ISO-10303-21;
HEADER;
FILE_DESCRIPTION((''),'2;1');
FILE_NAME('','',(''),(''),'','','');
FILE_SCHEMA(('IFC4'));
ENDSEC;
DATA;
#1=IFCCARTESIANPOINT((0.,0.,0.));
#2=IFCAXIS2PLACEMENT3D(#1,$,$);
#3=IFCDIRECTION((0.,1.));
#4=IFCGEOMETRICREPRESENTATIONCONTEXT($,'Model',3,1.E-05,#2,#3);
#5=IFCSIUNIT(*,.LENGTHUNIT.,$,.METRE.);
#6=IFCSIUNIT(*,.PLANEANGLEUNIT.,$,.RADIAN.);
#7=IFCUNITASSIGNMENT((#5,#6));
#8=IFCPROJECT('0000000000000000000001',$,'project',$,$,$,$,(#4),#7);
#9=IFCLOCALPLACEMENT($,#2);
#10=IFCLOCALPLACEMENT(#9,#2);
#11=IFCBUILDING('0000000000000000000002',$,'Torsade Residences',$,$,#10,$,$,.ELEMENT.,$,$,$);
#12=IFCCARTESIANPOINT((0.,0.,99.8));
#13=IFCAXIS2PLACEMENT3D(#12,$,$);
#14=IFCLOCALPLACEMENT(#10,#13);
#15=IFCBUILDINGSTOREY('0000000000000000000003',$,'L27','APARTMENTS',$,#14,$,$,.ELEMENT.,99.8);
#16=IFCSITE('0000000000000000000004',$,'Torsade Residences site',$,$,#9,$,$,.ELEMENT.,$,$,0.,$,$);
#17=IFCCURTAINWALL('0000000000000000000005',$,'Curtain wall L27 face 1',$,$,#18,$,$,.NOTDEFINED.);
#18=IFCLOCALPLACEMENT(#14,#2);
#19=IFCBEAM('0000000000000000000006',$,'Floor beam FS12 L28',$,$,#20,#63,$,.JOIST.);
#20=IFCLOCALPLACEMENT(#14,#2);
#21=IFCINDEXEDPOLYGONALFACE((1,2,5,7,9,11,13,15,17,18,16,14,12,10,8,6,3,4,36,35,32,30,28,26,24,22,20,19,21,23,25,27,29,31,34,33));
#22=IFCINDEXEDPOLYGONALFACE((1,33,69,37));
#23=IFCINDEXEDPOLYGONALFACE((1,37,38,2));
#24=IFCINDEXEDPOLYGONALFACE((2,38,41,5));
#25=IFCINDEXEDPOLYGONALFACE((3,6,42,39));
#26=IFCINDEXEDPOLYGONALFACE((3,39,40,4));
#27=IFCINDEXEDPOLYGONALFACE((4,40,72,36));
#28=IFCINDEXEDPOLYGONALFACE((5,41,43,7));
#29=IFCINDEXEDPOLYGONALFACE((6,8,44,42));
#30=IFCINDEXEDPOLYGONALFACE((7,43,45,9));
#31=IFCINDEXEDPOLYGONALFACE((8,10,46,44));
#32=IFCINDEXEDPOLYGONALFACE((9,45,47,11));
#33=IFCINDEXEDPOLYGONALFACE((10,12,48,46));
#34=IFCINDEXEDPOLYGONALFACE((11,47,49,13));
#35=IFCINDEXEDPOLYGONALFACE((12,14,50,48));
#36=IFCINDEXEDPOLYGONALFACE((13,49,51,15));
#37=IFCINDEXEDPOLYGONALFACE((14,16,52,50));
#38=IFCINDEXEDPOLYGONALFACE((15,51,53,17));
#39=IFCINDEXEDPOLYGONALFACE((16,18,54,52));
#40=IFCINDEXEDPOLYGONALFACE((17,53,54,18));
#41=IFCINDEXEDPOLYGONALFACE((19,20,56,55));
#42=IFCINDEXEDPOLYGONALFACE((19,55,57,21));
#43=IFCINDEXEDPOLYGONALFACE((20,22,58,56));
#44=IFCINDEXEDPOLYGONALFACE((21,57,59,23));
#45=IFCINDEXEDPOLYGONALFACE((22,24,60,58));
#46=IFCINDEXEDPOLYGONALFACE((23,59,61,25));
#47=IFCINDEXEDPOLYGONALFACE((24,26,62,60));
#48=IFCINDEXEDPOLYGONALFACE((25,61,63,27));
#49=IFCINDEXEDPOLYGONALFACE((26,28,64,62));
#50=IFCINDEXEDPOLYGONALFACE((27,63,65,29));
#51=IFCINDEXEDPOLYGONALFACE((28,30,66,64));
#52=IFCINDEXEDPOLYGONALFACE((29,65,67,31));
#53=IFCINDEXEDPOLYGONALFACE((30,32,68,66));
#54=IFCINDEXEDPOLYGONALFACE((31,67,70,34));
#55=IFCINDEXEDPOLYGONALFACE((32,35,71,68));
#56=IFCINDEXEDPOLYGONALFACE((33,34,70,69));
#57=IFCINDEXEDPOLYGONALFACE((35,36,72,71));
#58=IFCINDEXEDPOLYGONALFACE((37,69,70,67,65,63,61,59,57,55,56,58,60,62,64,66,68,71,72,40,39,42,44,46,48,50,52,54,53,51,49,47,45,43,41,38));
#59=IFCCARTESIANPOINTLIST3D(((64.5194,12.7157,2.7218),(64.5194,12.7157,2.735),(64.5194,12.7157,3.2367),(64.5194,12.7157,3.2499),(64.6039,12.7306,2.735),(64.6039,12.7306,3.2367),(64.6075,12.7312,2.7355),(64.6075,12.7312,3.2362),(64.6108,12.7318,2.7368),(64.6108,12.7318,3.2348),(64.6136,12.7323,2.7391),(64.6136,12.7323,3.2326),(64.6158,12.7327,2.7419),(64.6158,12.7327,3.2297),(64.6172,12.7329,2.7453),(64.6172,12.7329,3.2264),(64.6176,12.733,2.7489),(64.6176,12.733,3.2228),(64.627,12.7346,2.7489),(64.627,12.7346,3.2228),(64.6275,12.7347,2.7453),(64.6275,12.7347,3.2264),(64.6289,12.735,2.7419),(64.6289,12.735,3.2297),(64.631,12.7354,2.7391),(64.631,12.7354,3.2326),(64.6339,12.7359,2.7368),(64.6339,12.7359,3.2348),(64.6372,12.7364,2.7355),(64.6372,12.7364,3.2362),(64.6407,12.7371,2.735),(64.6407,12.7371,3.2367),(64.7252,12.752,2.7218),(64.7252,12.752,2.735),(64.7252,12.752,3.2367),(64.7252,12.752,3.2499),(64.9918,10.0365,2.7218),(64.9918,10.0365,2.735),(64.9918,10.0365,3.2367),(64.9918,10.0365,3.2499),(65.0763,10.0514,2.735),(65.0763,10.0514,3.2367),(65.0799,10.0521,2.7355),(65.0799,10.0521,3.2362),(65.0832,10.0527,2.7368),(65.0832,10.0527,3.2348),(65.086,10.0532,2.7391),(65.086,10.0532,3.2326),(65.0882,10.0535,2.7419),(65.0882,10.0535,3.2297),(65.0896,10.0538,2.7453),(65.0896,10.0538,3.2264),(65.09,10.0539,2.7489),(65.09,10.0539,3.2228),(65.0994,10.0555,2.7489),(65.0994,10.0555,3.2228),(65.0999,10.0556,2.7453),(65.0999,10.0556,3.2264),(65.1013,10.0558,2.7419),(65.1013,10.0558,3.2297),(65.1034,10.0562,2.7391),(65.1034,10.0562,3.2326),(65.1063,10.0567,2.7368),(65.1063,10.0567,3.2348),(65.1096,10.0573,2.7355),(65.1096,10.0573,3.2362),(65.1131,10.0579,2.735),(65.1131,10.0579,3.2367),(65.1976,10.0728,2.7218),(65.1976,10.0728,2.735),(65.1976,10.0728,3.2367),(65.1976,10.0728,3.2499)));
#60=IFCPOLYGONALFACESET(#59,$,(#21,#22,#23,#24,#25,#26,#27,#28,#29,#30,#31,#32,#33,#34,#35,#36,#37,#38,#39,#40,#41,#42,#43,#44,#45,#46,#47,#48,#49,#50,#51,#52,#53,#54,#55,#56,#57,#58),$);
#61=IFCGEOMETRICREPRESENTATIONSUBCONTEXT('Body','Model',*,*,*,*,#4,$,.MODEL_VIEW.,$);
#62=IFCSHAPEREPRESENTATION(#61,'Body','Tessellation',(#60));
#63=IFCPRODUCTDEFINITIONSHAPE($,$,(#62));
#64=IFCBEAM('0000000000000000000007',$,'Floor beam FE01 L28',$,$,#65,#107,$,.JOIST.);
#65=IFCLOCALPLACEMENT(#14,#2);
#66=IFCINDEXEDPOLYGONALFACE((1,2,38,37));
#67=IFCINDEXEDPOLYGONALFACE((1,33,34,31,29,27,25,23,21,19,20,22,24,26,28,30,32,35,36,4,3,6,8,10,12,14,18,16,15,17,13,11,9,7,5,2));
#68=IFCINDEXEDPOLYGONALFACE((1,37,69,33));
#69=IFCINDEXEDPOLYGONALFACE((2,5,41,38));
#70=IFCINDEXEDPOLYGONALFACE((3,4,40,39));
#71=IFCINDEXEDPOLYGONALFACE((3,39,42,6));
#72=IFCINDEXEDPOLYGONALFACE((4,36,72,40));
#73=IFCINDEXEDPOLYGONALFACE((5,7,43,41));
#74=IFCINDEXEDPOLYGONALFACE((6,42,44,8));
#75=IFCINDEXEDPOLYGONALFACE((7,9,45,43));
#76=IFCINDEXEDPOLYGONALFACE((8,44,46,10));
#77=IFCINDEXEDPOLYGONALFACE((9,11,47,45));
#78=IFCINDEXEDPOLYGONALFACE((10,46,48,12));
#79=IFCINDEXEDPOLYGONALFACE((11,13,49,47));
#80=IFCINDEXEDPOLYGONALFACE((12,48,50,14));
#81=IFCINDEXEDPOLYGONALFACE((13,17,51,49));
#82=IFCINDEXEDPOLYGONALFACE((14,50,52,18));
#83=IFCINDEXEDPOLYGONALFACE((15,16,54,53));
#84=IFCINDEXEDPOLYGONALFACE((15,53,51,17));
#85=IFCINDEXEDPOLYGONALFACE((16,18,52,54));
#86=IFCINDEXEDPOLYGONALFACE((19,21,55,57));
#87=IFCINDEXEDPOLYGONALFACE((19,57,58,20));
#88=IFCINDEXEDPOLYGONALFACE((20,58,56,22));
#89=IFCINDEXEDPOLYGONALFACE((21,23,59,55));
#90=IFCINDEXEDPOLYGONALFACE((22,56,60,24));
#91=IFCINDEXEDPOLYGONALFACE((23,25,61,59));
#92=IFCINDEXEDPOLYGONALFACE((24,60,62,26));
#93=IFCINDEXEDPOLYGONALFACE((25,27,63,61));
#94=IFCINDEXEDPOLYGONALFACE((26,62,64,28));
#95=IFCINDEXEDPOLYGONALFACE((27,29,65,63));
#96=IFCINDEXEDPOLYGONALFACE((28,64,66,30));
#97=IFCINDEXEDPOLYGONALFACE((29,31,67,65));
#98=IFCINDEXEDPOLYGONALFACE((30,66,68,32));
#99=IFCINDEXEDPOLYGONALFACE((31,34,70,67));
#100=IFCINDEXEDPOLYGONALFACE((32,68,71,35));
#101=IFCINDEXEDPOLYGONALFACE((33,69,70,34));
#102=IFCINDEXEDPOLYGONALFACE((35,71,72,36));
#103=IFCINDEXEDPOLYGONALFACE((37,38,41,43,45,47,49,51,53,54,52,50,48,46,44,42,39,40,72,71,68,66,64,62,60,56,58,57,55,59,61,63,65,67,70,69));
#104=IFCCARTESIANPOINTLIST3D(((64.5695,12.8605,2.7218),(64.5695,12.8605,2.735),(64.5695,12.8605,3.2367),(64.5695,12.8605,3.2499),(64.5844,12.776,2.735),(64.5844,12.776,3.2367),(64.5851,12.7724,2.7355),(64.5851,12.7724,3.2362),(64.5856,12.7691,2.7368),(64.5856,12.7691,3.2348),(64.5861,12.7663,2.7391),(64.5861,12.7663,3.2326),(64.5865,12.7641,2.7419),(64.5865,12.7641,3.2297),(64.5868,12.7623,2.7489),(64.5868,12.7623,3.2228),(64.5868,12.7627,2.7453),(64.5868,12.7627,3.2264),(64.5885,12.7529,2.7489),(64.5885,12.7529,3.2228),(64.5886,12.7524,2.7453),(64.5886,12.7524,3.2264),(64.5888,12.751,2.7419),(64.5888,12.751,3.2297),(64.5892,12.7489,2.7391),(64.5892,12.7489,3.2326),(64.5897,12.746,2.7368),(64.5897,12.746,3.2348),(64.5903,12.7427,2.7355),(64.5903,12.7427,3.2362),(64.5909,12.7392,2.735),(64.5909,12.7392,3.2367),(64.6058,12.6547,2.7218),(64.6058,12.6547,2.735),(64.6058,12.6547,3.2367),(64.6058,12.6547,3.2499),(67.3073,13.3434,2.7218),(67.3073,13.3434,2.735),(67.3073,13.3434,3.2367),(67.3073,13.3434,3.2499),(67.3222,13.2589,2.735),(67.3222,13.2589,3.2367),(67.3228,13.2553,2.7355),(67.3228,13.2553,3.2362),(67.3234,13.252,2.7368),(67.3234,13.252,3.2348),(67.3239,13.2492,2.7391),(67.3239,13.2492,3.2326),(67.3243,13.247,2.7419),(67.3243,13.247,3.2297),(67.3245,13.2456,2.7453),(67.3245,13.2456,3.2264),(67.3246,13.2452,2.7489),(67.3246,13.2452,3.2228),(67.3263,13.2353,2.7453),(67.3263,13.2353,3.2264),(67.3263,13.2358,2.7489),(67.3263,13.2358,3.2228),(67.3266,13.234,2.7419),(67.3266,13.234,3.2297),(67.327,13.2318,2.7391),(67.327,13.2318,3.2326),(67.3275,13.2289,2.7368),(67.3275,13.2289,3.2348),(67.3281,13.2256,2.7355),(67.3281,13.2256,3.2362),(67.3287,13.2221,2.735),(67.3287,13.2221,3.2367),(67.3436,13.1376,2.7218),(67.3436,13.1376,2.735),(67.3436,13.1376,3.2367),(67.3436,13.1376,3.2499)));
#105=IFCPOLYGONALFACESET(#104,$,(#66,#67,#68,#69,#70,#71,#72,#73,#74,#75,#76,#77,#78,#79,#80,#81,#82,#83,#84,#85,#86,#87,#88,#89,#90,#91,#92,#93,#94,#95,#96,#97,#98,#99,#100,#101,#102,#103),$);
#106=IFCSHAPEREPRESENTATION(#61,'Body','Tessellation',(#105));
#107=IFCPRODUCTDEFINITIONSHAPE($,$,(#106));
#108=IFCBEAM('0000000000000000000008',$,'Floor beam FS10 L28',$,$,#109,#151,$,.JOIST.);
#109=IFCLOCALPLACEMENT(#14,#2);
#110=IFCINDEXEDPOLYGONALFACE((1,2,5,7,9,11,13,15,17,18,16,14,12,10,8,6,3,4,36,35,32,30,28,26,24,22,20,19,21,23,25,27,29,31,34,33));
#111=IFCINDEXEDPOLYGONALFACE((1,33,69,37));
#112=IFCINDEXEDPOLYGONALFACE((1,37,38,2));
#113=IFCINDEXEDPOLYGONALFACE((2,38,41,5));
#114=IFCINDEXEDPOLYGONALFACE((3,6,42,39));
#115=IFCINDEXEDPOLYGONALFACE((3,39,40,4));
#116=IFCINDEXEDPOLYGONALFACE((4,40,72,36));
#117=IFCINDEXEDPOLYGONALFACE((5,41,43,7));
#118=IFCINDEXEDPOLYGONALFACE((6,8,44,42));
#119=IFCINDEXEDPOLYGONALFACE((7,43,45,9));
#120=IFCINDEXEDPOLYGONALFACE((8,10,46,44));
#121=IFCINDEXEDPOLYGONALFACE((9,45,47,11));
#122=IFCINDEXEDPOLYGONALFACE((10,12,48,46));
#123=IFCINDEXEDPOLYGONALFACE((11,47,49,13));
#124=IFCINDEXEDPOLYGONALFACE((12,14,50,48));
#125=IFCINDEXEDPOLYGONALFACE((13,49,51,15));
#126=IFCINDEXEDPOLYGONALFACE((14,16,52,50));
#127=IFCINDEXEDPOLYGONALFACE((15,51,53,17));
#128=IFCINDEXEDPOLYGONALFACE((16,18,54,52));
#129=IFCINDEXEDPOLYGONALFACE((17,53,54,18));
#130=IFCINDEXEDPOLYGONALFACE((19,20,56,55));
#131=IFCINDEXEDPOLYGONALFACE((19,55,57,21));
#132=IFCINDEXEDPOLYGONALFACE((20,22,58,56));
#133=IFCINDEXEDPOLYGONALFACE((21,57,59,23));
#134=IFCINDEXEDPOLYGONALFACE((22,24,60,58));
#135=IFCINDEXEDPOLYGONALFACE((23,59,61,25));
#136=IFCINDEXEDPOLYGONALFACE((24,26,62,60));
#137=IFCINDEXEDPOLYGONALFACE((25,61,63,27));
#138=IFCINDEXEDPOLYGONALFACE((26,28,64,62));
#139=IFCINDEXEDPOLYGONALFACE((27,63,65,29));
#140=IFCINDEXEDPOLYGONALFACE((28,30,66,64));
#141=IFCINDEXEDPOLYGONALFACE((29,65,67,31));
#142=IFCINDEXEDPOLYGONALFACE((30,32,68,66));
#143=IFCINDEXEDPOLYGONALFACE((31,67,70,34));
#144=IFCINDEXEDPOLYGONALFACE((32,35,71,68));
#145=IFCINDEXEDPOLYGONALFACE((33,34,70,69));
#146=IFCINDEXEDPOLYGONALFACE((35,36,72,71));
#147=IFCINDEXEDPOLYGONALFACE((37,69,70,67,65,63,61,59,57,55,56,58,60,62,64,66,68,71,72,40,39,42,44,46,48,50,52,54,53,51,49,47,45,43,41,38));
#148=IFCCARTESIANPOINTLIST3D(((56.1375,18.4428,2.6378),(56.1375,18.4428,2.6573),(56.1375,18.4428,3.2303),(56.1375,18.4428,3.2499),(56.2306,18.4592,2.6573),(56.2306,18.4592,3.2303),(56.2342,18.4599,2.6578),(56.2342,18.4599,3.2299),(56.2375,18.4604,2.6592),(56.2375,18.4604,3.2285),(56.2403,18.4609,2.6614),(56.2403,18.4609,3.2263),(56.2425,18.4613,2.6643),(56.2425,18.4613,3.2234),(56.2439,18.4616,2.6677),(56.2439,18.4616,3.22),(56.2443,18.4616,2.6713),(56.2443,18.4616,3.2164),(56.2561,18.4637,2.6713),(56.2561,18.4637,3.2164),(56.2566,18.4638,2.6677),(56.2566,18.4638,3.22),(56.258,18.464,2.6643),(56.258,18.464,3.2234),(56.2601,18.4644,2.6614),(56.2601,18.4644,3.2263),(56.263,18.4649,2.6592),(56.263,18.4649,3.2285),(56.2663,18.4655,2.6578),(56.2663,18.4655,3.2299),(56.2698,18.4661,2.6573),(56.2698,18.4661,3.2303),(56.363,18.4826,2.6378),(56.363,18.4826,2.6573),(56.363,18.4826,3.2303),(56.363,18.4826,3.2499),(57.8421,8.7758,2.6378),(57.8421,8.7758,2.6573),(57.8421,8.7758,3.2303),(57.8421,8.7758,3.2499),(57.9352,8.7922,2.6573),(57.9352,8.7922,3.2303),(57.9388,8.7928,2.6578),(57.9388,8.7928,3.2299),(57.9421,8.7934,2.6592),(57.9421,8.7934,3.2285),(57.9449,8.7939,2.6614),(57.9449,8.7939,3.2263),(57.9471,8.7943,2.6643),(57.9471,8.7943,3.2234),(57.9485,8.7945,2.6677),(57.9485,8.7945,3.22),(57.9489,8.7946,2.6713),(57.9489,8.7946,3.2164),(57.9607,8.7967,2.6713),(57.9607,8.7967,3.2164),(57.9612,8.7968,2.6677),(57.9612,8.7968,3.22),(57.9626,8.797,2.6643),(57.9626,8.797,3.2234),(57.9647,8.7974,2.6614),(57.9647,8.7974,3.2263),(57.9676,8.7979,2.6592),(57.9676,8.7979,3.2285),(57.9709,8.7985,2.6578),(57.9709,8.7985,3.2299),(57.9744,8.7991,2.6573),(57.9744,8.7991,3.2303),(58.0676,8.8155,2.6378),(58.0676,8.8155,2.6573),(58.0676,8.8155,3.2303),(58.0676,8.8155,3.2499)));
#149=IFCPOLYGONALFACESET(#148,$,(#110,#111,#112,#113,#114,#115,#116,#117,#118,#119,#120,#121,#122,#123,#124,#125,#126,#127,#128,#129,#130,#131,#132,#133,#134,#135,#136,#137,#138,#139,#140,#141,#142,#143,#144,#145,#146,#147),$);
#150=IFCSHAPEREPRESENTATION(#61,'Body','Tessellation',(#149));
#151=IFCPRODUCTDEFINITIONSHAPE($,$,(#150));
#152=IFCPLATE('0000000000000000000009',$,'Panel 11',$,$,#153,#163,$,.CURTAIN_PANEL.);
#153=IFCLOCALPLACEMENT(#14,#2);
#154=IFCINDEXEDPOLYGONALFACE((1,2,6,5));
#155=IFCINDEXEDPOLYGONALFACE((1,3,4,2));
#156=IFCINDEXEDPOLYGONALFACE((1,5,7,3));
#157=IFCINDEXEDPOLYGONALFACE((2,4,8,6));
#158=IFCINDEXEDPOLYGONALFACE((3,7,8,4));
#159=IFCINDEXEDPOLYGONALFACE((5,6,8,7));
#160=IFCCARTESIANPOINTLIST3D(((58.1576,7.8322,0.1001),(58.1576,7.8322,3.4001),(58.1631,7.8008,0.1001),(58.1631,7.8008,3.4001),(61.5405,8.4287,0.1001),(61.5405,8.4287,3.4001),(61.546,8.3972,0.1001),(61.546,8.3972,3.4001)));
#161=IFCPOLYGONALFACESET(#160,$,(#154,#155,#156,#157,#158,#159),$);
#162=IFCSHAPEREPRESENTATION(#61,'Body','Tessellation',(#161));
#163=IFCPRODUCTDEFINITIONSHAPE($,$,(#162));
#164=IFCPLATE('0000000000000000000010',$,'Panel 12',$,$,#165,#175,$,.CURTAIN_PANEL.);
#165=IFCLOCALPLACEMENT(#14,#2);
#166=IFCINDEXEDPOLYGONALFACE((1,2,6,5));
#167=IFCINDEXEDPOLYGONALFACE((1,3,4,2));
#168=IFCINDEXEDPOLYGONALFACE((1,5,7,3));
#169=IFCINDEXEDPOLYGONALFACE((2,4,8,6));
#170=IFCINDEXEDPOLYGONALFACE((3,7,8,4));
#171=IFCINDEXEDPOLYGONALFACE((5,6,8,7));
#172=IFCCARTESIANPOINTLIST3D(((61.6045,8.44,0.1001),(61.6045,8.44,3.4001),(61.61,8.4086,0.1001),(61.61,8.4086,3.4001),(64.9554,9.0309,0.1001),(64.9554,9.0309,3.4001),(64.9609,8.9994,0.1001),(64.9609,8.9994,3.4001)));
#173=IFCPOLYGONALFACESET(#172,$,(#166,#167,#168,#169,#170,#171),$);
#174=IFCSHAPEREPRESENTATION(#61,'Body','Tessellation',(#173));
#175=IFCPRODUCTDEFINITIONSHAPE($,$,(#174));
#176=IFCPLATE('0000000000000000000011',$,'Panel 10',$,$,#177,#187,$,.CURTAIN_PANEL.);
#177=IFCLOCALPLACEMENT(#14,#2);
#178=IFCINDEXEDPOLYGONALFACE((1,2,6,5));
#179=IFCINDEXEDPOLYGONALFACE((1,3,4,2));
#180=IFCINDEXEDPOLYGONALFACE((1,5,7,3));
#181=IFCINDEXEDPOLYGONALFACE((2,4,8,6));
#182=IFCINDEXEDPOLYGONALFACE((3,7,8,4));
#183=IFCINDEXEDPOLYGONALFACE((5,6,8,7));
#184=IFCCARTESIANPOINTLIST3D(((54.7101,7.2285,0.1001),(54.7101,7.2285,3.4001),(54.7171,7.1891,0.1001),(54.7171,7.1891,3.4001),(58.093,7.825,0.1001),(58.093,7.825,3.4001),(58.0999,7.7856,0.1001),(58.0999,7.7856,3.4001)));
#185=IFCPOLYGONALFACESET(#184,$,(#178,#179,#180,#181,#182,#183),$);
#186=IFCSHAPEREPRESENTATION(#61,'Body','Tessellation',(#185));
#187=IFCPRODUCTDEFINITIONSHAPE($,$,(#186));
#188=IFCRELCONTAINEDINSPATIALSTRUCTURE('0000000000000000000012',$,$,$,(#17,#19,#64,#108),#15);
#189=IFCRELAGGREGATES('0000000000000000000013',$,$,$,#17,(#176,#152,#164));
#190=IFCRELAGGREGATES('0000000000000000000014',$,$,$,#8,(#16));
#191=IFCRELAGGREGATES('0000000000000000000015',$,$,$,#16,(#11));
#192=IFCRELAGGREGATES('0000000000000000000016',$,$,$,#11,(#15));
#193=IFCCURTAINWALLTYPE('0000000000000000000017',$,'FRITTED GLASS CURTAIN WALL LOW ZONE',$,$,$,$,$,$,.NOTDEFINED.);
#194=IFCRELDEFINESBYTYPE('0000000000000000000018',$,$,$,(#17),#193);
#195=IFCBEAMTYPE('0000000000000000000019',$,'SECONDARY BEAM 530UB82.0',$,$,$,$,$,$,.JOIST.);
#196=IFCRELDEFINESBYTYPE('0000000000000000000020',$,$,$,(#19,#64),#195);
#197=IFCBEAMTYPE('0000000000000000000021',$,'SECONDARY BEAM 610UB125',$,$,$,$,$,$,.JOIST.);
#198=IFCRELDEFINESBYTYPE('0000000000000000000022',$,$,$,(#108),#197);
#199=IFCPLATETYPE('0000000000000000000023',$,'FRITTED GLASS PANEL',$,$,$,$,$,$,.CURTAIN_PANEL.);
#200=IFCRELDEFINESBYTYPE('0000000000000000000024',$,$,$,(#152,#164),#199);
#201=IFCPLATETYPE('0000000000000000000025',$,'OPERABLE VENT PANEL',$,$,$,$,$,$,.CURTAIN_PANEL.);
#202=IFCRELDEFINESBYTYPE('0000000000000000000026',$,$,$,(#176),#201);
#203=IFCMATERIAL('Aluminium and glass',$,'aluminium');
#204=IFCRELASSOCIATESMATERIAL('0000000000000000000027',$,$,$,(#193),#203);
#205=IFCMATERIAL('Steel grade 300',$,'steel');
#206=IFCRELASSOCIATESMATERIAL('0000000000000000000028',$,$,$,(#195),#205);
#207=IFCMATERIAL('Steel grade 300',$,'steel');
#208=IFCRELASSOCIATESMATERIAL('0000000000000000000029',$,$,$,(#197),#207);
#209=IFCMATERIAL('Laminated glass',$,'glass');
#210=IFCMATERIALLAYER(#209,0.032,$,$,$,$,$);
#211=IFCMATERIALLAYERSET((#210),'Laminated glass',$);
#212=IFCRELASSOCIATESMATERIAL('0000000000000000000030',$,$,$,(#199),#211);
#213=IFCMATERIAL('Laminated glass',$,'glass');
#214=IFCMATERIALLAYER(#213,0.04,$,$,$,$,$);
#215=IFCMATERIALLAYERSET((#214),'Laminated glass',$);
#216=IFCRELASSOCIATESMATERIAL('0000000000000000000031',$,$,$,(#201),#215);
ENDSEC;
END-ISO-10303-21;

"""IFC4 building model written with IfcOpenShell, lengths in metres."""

from ifc_helpers import new_model, si_unit, direction, frame, origin, origin_2d, place, context, subcontext, project, spatial, rectangle, i_section, extrude, material, layer, layer_set, material_profile, profile_set, type_object, element, aggregate, save


model = new_model("IFC4")

# Units and contexts
model_context = context("Model", 3, precision=1e-05, world=origin(), true_north=direction((0.0, 1.0)))
body_context = subcontext(model_context, "Body", "Model", "MODEL_VIEW")
ifc_project = project(units=[si_unit("LENGTHUNIT", "METRE"), si_unit("PLANEANGLEUNIT", "RADIAN")], contexts=[model_context])

# Site, building, storey
site_placement = place(None, origin())
site = spatial("IfcSite", under=ifc_project, at=site_placement, Name="Torsade Residences site", CompositionType="ELEMENT", RefElevation=0.0)
building_placement = place(site_placement, origin())
building = spatial("IfcBuilding", under=site, at=building_placement, Name="Torsade Residences", CompositionType="ELEMENT")
storey_placement = place(building_placement, frame((0.0, 0.0, 99.8)))
storey = spatial("IfcBuildingStorey", under=building, at=storey_placement, Name="L27", Description="APARTMENTS", CompositionType="ELEMENT", Elevation=99.8)

# Curtain wall
ifc_material_1 = material(Name="Aluminium and glass", Category="aluminium")
curtain_wall_type = type_object("IfcCurtainWallType", Name="FRITTED GLASS CURTAIN WALL LOW ZONE", PredefinedType="NOTDEFINED", material=ifc_material_1)
curtain_wall_1_placement = place(storey_placement, origin())
curtain_wall_1 = element("IfcCurtainWall", 1, at=curtain_wall_1_placement, inside=storey, type_object=curtain_wall_type, Name="Curtain wall L27 face 1", PredefinedType="NOTDEFINED")

# Beams
ifc_material_2 = material(Name="Steel grade 300", Category="steel")
ifc_material_profile_1 = material_profile(ifc_material_2, i_section(OverallWidth=0.209, OverallDepth=0.5281, WebThickness=0.0095, FlangeThickness=0.0132, FilletRadius=0.0139, at=origin_2d()), Name="530UB82.0")
ifc_profile_set_1 = profile_set([ifc_material_profile_1], Name="Steel grade 300")
beam_type_1 = type_object("IfcBeamType", Name="SECONDARY BEAM 530UB82.0", PredefinedType="JOIST", material=ifc_profile_set_1)
beam_1_placement = place(storey_placement, frame((65.0947, 10.0547, 2.9858), z_axis=(-0.173647, 0.984808, 0.0), x_axis=(-0.984808, -0.173647, 0.0)))
element("IfcBeam", 2, at=beam_1_placement, inside=storey, type_object=beam_type_1, Name="Floor beam FS12 L28", PredefinedType="JOIST", context=body_context, shape_type="SweptSolid", body=[
    extrude(i_section(OverallWidth=0.209, OverallDepth=0.5281, WebThickness=0.0095, FlangeThickness=0.0132, FilletRadius=0.0139, at=origin_2d()), origin(), (0.0, 0.0, 1.0), 2.7205),
])
beam_2_placement = place(storey_placement, frame((67.3254, 13.2405, 2.9858), z_axis=(-0.984798, -0.173705, 0.0), x_axis=(0.173705, -0.984798, 0.0)))
element("IfcBeam", 3, at=beam_2_placement, inside=storey, type_object=beam_type_1, Name="Floor beam FE01 L28", PredefinedType="JOIST", context=body_context, shape_type="SweptSolid", body=[
    extrude(i_section(OverallWidth=0.209, OverallDepth=0.5281, WebThickness=0.0095, FlangeThickness=0.0132, FilletRadius=0.0139, at=origin_2d()), origin(), (0.0, 0.0, 1.0), 2.78),
])
ifc_material_3 = material(Name="Steel grade 300", Category="steel")
ifc_material_profile_2 = material_profile(ifc_material_3, i_section(OverallWidth=0.229, OverallDepth=0.6121, WebThickness=0.012, FlangeThickness=0.0195, FilletRadius=0.0139, at=origin_2d()), Name="610UB125")
ifc_profile_set_2 = profile_set([ifc_material_profile_2], Name="Steel grade 300")
beam_type_2 = type_object("IfcBeamType", Name="SECONDARY BEAM 610UB125", PredefinedType="JOIST", material=ifc_profile_set_2)
beam_3_placement = place(storey_placement, frame((57.9548, 8.7957, 2.9438), z_axis=(-0.173652, 0.984807, 0.0), x_axis=(-0.984807, -0.173652, 0.0)))
element("IfcBeam", 4, at=beam_3_placement, inside=storey, type_object=beam_type_2, Name="Floor beam FS10 L28", PredefinedType="JOIST", context=body_context, shape_type="SweptSolid", body=[
    extrude(i_section(OverallWidth=0.229, OverallDepth=0.6121, WebThickness=0.012, FlangeThickness=0.0195, FilletRadius=0.0139, at=origin_2d()), origin(), (0.0, 0.0, 1.0), 9.8162),
])

# Plates
ifc_material_4 = material(Name="Laminated glass", Category="glass")
ifc_layer_1 = layer(ifc_material_4, 0.032)
ifc_layer_set_1 = layer_set([ifc_layer_1], Name="Laminated glass")
plate_type_1 = type_object("IfcPlateType", Name="FRITTED GLASS PANEL", PredefinedType="CURTAIN_PANEL", material=ifc_layer_set_1)
plate_1_placement = place(storey_placement, frame((59.8518, 8.1147, 0.1001), z_axis=(0.0, 0.0, 1.0), x_axis=(0.984808, 0.173648, 0.0)))
plate_1 = element("IfcPlate", 5, at=plate_1_placement, type_object=plate_type_1, Name="Panel 11", PredefinedType="CURTAIN_PANEL", context=body_context, shape_type="SweptSolid", body=[
    extrude(rectangle(XDim=3.4351, YDim=0.032, at=origin_2d()), origin(), (0.0, 0.0, 1.0), 3.3),
])
plate_2_placement = place(storey_placement, frame((63.2827, 8.7197, 0.1001), z_axis=(0.0, 0.0, 1.0), x_axis=(0.984808, 0.173648, 0.0)))
plate_2 = element("IfcPlate", 6, at=plate_2_placement, type_object=plate_type_1, Name="Panel 12", PredefinedType="CURTAIN_PANEL", context=body_context, shape_type="SweptSolid", body=[
    extrude(rectangle(XDim=3.4026, YDim=0.032, at=origin_2d()), origin(), (0.0, 0.0, 1.0), 3.3),
])
ifc_material_5 = material(Name="Laminated glass", Category="glass")
ifc_layer_2 = layer(ifc_material_5, 0.04)
ifc_layer_set_2 = layer_set([ifc_layer_2], Name="Laminated glass")
plate_type_2 = type_object("IfcPlateType", Name="OPERABLE VENT PANEL", PredefinedType="CURTAIN_PANEL", material=ifc_layer_set_2)
plate_3_placement = place(storey_placement, frame((56.405, 7.5071, 0.1001), z_axis=(0.0, 0.0, 1.0), x_axis=(0.984808, 0.173648, 0.0)))
plate_3 = element("IfcPlate", 7, at=plate_3_placement, type_object=plate_type_2, Name="Panel 10", PredefinedType="CURTAIN_PANEL", context=body_context, shape_type="SweptSolid", body=[
    extrude(rectangle(XDim=3.4351, YDim=0.04, at=origin_2d()), origin(), (0.0, 0.0, 1.0), 3.3),
])
aggregate(curtain_wall_1, [plate_3, plate_1, plate_2])

save(model, "model.ifc")
